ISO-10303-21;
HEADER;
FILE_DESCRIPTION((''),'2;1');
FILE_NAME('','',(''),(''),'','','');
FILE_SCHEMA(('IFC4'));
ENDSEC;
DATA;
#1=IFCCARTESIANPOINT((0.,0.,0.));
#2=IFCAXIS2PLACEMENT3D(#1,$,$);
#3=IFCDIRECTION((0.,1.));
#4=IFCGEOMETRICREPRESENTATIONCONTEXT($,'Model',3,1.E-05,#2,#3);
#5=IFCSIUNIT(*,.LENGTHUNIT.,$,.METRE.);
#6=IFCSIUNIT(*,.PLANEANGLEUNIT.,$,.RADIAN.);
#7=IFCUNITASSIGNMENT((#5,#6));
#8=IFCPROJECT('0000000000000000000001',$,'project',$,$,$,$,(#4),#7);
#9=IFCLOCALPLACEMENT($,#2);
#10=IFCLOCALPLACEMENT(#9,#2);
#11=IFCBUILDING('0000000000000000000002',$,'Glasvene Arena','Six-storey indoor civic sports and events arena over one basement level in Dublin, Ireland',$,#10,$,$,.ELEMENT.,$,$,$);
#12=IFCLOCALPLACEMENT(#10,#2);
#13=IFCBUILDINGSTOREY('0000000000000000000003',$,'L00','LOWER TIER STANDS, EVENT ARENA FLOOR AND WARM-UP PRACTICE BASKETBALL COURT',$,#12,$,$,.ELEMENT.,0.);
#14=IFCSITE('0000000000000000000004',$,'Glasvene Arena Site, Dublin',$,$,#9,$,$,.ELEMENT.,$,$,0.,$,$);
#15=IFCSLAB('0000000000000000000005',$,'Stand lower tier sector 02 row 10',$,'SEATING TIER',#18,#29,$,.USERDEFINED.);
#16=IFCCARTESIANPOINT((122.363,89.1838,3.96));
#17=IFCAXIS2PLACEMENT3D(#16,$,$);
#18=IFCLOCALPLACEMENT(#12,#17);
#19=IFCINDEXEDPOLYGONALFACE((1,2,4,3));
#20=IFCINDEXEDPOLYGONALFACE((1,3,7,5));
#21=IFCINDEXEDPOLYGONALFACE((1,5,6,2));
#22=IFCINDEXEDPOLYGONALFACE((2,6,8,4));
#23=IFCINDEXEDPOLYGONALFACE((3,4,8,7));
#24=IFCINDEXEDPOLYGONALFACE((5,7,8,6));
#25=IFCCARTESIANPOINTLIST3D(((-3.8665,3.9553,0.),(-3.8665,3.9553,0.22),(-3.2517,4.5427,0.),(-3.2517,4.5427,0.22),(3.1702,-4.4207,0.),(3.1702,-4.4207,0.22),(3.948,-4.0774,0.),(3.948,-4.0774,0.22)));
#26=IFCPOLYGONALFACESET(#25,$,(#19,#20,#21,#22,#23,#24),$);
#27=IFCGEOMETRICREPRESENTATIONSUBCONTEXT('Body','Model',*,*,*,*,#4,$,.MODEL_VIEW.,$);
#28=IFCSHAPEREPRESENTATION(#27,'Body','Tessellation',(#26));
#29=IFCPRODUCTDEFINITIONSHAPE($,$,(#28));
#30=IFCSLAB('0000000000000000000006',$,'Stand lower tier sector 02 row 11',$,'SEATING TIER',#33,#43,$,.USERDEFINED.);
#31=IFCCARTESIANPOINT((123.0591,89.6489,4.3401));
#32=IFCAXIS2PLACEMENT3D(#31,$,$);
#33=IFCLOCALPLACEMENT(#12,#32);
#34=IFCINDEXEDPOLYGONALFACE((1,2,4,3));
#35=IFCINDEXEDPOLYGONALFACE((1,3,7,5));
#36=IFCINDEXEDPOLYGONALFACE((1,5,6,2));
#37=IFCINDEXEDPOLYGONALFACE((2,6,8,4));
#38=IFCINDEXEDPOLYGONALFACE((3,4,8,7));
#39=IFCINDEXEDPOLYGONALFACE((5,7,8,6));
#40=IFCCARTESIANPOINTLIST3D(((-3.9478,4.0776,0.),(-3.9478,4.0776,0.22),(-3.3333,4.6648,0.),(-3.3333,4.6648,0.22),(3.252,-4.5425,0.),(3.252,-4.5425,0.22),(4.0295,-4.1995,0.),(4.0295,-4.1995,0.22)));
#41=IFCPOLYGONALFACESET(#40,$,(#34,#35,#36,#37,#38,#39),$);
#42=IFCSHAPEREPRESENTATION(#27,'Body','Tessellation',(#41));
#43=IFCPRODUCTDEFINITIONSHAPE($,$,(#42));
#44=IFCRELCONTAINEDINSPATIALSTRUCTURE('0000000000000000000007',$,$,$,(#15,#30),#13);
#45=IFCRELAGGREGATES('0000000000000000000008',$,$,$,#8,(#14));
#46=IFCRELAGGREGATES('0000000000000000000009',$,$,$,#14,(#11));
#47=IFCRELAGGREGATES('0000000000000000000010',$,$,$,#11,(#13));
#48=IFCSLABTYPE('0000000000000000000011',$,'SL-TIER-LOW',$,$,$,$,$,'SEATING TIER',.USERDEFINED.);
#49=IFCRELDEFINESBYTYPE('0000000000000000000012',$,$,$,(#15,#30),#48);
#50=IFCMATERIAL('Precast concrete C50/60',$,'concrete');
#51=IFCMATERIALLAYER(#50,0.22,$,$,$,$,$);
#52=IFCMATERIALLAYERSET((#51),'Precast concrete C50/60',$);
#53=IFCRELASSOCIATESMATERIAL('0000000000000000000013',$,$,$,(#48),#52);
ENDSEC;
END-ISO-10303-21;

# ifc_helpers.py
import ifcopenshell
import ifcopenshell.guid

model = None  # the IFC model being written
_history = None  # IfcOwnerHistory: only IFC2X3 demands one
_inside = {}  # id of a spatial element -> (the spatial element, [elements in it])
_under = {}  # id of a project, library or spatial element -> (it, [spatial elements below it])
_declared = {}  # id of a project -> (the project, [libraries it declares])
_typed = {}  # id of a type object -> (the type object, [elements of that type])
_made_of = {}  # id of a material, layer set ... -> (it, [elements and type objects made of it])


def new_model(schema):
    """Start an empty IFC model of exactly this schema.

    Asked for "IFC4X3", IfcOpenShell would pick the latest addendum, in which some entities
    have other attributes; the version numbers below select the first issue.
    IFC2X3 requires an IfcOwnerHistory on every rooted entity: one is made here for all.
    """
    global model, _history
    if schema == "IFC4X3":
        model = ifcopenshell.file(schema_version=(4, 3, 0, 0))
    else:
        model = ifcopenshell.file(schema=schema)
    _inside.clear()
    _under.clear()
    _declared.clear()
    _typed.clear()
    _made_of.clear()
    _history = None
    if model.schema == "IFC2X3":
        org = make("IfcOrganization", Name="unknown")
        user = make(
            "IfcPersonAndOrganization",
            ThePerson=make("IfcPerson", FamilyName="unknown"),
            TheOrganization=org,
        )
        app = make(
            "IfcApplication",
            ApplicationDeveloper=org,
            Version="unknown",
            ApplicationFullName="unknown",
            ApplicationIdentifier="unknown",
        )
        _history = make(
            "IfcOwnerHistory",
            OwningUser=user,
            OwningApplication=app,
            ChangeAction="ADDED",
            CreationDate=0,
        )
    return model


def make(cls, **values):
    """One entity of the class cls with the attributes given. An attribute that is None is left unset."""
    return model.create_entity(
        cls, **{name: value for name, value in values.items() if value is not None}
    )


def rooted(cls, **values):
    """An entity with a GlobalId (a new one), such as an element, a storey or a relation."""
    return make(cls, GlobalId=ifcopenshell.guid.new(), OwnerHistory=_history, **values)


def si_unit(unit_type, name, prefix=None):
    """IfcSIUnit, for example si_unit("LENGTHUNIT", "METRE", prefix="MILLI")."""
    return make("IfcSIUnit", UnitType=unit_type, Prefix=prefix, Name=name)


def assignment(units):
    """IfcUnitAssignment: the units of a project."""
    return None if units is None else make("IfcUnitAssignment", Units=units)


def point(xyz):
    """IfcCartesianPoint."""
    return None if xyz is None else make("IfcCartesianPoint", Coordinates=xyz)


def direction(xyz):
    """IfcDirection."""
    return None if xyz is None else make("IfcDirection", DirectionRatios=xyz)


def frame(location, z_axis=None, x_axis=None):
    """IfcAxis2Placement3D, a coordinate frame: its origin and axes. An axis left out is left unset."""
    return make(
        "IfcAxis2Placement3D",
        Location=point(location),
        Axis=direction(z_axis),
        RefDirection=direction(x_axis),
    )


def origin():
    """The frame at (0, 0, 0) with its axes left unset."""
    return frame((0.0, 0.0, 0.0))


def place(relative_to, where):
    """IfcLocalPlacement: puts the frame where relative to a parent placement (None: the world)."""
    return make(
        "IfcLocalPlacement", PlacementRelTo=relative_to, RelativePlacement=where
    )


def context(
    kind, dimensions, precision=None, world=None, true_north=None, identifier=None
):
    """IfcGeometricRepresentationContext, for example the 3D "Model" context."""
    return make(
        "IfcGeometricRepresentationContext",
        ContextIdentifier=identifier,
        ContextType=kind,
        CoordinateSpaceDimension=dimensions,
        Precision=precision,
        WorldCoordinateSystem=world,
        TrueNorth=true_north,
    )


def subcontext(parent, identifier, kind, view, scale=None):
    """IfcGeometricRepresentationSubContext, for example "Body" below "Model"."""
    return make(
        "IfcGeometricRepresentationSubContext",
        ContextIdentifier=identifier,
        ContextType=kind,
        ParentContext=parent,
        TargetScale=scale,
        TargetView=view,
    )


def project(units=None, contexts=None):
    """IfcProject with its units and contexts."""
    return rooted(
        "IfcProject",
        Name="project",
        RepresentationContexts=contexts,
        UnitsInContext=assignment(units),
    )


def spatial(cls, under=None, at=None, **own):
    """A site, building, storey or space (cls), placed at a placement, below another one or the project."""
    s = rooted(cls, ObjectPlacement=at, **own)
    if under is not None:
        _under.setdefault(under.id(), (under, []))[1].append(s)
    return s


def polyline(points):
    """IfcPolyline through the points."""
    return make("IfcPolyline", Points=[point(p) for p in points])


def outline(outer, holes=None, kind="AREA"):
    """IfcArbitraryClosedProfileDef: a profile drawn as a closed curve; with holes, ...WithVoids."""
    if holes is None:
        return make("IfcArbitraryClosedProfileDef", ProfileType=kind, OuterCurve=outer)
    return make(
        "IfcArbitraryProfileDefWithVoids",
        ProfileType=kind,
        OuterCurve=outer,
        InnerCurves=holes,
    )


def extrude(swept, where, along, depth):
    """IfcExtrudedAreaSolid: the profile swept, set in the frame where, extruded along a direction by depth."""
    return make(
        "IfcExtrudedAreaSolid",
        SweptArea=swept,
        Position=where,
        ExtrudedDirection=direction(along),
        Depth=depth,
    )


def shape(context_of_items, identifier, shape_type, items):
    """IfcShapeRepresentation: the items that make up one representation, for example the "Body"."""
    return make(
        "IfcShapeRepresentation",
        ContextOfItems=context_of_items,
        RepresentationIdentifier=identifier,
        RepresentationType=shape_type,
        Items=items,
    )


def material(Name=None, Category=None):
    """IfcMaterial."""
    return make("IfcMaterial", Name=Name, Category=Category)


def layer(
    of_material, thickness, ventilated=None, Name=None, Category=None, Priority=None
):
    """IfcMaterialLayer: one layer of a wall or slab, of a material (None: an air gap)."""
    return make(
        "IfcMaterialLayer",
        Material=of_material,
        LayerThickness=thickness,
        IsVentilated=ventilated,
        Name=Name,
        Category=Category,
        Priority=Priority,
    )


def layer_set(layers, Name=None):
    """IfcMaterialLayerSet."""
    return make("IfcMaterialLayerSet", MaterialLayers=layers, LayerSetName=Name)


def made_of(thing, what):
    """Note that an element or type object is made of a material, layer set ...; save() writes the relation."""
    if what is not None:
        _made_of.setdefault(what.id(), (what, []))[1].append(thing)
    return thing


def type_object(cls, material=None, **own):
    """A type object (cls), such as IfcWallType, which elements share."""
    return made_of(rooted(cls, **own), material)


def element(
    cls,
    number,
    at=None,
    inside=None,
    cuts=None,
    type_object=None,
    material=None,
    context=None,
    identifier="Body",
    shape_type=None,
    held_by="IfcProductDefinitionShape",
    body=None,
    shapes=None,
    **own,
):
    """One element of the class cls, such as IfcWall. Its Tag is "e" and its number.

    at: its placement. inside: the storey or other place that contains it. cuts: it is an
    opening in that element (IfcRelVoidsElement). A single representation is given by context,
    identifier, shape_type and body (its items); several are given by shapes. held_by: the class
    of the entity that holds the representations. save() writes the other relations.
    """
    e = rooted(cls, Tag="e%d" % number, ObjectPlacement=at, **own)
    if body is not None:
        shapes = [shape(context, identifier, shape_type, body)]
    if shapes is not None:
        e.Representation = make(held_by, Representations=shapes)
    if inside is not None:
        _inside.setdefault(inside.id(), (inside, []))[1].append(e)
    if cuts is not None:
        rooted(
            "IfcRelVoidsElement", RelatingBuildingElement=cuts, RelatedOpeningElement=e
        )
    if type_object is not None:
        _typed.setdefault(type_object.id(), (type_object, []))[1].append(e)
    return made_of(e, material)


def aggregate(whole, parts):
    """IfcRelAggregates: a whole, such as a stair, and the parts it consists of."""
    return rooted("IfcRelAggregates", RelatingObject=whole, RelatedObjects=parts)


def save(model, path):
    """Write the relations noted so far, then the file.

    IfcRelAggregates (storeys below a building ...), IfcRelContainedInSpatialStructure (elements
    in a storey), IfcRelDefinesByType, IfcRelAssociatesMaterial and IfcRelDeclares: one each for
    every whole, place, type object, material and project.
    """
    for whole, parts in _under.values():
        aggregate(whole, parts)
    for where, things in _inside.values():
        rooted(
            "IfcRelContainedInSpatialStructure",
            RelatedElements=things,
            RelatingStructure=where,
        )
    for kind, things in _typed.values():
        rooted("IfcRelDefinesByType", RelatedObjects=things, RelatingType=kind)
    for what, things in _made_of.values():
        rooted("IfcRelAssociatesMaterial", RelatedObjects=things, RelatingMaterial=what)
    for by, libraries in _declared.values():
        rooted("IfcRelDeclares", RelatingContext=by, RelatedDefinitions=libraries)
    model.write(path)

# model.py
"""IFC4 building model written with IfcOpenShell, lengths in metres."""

from ifc_helpers import new_model, si_unit, direction, frame, origin, place, context, subcontext, project, spatial, polyline, outline, extrude, material, layer, layer_set, type_object, element, save


model = new_model("IFC4")

# Units and contexts
model_context = context("Model", 3, precision=1e-05, world=origin(), true_north=direction((0.0, 1.0)))
body_context = subcontext(model_context, "Body", "Model", "MODEL_VIEW")
ifc_project = project(units=[si_unit("LENGTHUNIT", "METRE"), si_unit("PLANEANGLEUNIT", "RADIAN")], contexts=[model_context])

# Site, building, storey
site_placement = place(None, origin())
site = spatial("IfcSite", under=ifc_project, at=site_placement, Name="Glasvene Arena Site, Dublin", CompositionType="ELEMENT", RefElevation=0.0)
building_placement = place(site_placement, origin())
building = spatial("IfcBuilding", under=site, at=building_placement, Name="Glasvene Arena", Description="Six-storey indoor civic sports and events arena over one basement level in Dublin, Ireland", CompositionType="ELEMENT")
storey_placement = place(building_placement, origin())
storey = spatial("IfcBuildingStorey", under=building, at=storey_placement, Name="L00", Description="LOWER TIER STANDS, EVENT ARENA FLOOR AND WARM-UP PRACTICE BASKETBALL COURT", CompositionType="ELEMENT", Elevation=0.0)

# Shared definitions
ifc_material_1 = material(Name="Precast concrete C50/60", Category="concrete")

# Slabs
ifc_layer = layer(ifc_material_1, 0.22)
ifc_layer_set = layer_set([ifc_layer], Name="Precast concrete C50/60")
slab_type = type_object("IfcSlabType", Name="SL-TIER-LOW", ElementType="SEATING TIER", PredefinedType="USERDEFINED", material=ifc_layer_set)
slab_1_placement = place(storey_placement, frame((122.363, 89.1838, 3.96)))
element("IfcSlab", 1, at=slab_1_placement, inside=storey, type_object=slab_type, Name="Stand lower tier sector 02 row 10", ObjectType="SEATING TIER", PredefinedType="USERDEFINED", context=body_context, shape_type="SweptSolid", body=[
    extrude(outline(polyline([(3.1702, -4.4207), (-3.8665, 3.9553), (-3.2517, 4.5427), (3.948, -4.0774), (3.1702, -4.4207)])), origin(), (0.0, 0.0, 1.0), 0.22),
])
slab_2_placement = place(storey_placement, frame((123.0591, 89.6489, 4.3401)))
element("IfcSlab", 2, at=slab_2_placement, inside=storey, type_object=slab_type, Name="Stand lower tier sector 02 row 11", ObjectType="SEATING TIER", PredefinedType="USERDEFINED", context=body_context, shape_type="SweptSolid", body=[
    extrude(outline(polyline([(3.252, -4.5425), (-3.9478, 4.0776), (-3.3333, 4.6648), (4.0295, -4.1995), (3.252, -4.5425)])), origin(), (0.0, 0.0, 1.0), 0.22),
])

save(model, "model.ifc")
